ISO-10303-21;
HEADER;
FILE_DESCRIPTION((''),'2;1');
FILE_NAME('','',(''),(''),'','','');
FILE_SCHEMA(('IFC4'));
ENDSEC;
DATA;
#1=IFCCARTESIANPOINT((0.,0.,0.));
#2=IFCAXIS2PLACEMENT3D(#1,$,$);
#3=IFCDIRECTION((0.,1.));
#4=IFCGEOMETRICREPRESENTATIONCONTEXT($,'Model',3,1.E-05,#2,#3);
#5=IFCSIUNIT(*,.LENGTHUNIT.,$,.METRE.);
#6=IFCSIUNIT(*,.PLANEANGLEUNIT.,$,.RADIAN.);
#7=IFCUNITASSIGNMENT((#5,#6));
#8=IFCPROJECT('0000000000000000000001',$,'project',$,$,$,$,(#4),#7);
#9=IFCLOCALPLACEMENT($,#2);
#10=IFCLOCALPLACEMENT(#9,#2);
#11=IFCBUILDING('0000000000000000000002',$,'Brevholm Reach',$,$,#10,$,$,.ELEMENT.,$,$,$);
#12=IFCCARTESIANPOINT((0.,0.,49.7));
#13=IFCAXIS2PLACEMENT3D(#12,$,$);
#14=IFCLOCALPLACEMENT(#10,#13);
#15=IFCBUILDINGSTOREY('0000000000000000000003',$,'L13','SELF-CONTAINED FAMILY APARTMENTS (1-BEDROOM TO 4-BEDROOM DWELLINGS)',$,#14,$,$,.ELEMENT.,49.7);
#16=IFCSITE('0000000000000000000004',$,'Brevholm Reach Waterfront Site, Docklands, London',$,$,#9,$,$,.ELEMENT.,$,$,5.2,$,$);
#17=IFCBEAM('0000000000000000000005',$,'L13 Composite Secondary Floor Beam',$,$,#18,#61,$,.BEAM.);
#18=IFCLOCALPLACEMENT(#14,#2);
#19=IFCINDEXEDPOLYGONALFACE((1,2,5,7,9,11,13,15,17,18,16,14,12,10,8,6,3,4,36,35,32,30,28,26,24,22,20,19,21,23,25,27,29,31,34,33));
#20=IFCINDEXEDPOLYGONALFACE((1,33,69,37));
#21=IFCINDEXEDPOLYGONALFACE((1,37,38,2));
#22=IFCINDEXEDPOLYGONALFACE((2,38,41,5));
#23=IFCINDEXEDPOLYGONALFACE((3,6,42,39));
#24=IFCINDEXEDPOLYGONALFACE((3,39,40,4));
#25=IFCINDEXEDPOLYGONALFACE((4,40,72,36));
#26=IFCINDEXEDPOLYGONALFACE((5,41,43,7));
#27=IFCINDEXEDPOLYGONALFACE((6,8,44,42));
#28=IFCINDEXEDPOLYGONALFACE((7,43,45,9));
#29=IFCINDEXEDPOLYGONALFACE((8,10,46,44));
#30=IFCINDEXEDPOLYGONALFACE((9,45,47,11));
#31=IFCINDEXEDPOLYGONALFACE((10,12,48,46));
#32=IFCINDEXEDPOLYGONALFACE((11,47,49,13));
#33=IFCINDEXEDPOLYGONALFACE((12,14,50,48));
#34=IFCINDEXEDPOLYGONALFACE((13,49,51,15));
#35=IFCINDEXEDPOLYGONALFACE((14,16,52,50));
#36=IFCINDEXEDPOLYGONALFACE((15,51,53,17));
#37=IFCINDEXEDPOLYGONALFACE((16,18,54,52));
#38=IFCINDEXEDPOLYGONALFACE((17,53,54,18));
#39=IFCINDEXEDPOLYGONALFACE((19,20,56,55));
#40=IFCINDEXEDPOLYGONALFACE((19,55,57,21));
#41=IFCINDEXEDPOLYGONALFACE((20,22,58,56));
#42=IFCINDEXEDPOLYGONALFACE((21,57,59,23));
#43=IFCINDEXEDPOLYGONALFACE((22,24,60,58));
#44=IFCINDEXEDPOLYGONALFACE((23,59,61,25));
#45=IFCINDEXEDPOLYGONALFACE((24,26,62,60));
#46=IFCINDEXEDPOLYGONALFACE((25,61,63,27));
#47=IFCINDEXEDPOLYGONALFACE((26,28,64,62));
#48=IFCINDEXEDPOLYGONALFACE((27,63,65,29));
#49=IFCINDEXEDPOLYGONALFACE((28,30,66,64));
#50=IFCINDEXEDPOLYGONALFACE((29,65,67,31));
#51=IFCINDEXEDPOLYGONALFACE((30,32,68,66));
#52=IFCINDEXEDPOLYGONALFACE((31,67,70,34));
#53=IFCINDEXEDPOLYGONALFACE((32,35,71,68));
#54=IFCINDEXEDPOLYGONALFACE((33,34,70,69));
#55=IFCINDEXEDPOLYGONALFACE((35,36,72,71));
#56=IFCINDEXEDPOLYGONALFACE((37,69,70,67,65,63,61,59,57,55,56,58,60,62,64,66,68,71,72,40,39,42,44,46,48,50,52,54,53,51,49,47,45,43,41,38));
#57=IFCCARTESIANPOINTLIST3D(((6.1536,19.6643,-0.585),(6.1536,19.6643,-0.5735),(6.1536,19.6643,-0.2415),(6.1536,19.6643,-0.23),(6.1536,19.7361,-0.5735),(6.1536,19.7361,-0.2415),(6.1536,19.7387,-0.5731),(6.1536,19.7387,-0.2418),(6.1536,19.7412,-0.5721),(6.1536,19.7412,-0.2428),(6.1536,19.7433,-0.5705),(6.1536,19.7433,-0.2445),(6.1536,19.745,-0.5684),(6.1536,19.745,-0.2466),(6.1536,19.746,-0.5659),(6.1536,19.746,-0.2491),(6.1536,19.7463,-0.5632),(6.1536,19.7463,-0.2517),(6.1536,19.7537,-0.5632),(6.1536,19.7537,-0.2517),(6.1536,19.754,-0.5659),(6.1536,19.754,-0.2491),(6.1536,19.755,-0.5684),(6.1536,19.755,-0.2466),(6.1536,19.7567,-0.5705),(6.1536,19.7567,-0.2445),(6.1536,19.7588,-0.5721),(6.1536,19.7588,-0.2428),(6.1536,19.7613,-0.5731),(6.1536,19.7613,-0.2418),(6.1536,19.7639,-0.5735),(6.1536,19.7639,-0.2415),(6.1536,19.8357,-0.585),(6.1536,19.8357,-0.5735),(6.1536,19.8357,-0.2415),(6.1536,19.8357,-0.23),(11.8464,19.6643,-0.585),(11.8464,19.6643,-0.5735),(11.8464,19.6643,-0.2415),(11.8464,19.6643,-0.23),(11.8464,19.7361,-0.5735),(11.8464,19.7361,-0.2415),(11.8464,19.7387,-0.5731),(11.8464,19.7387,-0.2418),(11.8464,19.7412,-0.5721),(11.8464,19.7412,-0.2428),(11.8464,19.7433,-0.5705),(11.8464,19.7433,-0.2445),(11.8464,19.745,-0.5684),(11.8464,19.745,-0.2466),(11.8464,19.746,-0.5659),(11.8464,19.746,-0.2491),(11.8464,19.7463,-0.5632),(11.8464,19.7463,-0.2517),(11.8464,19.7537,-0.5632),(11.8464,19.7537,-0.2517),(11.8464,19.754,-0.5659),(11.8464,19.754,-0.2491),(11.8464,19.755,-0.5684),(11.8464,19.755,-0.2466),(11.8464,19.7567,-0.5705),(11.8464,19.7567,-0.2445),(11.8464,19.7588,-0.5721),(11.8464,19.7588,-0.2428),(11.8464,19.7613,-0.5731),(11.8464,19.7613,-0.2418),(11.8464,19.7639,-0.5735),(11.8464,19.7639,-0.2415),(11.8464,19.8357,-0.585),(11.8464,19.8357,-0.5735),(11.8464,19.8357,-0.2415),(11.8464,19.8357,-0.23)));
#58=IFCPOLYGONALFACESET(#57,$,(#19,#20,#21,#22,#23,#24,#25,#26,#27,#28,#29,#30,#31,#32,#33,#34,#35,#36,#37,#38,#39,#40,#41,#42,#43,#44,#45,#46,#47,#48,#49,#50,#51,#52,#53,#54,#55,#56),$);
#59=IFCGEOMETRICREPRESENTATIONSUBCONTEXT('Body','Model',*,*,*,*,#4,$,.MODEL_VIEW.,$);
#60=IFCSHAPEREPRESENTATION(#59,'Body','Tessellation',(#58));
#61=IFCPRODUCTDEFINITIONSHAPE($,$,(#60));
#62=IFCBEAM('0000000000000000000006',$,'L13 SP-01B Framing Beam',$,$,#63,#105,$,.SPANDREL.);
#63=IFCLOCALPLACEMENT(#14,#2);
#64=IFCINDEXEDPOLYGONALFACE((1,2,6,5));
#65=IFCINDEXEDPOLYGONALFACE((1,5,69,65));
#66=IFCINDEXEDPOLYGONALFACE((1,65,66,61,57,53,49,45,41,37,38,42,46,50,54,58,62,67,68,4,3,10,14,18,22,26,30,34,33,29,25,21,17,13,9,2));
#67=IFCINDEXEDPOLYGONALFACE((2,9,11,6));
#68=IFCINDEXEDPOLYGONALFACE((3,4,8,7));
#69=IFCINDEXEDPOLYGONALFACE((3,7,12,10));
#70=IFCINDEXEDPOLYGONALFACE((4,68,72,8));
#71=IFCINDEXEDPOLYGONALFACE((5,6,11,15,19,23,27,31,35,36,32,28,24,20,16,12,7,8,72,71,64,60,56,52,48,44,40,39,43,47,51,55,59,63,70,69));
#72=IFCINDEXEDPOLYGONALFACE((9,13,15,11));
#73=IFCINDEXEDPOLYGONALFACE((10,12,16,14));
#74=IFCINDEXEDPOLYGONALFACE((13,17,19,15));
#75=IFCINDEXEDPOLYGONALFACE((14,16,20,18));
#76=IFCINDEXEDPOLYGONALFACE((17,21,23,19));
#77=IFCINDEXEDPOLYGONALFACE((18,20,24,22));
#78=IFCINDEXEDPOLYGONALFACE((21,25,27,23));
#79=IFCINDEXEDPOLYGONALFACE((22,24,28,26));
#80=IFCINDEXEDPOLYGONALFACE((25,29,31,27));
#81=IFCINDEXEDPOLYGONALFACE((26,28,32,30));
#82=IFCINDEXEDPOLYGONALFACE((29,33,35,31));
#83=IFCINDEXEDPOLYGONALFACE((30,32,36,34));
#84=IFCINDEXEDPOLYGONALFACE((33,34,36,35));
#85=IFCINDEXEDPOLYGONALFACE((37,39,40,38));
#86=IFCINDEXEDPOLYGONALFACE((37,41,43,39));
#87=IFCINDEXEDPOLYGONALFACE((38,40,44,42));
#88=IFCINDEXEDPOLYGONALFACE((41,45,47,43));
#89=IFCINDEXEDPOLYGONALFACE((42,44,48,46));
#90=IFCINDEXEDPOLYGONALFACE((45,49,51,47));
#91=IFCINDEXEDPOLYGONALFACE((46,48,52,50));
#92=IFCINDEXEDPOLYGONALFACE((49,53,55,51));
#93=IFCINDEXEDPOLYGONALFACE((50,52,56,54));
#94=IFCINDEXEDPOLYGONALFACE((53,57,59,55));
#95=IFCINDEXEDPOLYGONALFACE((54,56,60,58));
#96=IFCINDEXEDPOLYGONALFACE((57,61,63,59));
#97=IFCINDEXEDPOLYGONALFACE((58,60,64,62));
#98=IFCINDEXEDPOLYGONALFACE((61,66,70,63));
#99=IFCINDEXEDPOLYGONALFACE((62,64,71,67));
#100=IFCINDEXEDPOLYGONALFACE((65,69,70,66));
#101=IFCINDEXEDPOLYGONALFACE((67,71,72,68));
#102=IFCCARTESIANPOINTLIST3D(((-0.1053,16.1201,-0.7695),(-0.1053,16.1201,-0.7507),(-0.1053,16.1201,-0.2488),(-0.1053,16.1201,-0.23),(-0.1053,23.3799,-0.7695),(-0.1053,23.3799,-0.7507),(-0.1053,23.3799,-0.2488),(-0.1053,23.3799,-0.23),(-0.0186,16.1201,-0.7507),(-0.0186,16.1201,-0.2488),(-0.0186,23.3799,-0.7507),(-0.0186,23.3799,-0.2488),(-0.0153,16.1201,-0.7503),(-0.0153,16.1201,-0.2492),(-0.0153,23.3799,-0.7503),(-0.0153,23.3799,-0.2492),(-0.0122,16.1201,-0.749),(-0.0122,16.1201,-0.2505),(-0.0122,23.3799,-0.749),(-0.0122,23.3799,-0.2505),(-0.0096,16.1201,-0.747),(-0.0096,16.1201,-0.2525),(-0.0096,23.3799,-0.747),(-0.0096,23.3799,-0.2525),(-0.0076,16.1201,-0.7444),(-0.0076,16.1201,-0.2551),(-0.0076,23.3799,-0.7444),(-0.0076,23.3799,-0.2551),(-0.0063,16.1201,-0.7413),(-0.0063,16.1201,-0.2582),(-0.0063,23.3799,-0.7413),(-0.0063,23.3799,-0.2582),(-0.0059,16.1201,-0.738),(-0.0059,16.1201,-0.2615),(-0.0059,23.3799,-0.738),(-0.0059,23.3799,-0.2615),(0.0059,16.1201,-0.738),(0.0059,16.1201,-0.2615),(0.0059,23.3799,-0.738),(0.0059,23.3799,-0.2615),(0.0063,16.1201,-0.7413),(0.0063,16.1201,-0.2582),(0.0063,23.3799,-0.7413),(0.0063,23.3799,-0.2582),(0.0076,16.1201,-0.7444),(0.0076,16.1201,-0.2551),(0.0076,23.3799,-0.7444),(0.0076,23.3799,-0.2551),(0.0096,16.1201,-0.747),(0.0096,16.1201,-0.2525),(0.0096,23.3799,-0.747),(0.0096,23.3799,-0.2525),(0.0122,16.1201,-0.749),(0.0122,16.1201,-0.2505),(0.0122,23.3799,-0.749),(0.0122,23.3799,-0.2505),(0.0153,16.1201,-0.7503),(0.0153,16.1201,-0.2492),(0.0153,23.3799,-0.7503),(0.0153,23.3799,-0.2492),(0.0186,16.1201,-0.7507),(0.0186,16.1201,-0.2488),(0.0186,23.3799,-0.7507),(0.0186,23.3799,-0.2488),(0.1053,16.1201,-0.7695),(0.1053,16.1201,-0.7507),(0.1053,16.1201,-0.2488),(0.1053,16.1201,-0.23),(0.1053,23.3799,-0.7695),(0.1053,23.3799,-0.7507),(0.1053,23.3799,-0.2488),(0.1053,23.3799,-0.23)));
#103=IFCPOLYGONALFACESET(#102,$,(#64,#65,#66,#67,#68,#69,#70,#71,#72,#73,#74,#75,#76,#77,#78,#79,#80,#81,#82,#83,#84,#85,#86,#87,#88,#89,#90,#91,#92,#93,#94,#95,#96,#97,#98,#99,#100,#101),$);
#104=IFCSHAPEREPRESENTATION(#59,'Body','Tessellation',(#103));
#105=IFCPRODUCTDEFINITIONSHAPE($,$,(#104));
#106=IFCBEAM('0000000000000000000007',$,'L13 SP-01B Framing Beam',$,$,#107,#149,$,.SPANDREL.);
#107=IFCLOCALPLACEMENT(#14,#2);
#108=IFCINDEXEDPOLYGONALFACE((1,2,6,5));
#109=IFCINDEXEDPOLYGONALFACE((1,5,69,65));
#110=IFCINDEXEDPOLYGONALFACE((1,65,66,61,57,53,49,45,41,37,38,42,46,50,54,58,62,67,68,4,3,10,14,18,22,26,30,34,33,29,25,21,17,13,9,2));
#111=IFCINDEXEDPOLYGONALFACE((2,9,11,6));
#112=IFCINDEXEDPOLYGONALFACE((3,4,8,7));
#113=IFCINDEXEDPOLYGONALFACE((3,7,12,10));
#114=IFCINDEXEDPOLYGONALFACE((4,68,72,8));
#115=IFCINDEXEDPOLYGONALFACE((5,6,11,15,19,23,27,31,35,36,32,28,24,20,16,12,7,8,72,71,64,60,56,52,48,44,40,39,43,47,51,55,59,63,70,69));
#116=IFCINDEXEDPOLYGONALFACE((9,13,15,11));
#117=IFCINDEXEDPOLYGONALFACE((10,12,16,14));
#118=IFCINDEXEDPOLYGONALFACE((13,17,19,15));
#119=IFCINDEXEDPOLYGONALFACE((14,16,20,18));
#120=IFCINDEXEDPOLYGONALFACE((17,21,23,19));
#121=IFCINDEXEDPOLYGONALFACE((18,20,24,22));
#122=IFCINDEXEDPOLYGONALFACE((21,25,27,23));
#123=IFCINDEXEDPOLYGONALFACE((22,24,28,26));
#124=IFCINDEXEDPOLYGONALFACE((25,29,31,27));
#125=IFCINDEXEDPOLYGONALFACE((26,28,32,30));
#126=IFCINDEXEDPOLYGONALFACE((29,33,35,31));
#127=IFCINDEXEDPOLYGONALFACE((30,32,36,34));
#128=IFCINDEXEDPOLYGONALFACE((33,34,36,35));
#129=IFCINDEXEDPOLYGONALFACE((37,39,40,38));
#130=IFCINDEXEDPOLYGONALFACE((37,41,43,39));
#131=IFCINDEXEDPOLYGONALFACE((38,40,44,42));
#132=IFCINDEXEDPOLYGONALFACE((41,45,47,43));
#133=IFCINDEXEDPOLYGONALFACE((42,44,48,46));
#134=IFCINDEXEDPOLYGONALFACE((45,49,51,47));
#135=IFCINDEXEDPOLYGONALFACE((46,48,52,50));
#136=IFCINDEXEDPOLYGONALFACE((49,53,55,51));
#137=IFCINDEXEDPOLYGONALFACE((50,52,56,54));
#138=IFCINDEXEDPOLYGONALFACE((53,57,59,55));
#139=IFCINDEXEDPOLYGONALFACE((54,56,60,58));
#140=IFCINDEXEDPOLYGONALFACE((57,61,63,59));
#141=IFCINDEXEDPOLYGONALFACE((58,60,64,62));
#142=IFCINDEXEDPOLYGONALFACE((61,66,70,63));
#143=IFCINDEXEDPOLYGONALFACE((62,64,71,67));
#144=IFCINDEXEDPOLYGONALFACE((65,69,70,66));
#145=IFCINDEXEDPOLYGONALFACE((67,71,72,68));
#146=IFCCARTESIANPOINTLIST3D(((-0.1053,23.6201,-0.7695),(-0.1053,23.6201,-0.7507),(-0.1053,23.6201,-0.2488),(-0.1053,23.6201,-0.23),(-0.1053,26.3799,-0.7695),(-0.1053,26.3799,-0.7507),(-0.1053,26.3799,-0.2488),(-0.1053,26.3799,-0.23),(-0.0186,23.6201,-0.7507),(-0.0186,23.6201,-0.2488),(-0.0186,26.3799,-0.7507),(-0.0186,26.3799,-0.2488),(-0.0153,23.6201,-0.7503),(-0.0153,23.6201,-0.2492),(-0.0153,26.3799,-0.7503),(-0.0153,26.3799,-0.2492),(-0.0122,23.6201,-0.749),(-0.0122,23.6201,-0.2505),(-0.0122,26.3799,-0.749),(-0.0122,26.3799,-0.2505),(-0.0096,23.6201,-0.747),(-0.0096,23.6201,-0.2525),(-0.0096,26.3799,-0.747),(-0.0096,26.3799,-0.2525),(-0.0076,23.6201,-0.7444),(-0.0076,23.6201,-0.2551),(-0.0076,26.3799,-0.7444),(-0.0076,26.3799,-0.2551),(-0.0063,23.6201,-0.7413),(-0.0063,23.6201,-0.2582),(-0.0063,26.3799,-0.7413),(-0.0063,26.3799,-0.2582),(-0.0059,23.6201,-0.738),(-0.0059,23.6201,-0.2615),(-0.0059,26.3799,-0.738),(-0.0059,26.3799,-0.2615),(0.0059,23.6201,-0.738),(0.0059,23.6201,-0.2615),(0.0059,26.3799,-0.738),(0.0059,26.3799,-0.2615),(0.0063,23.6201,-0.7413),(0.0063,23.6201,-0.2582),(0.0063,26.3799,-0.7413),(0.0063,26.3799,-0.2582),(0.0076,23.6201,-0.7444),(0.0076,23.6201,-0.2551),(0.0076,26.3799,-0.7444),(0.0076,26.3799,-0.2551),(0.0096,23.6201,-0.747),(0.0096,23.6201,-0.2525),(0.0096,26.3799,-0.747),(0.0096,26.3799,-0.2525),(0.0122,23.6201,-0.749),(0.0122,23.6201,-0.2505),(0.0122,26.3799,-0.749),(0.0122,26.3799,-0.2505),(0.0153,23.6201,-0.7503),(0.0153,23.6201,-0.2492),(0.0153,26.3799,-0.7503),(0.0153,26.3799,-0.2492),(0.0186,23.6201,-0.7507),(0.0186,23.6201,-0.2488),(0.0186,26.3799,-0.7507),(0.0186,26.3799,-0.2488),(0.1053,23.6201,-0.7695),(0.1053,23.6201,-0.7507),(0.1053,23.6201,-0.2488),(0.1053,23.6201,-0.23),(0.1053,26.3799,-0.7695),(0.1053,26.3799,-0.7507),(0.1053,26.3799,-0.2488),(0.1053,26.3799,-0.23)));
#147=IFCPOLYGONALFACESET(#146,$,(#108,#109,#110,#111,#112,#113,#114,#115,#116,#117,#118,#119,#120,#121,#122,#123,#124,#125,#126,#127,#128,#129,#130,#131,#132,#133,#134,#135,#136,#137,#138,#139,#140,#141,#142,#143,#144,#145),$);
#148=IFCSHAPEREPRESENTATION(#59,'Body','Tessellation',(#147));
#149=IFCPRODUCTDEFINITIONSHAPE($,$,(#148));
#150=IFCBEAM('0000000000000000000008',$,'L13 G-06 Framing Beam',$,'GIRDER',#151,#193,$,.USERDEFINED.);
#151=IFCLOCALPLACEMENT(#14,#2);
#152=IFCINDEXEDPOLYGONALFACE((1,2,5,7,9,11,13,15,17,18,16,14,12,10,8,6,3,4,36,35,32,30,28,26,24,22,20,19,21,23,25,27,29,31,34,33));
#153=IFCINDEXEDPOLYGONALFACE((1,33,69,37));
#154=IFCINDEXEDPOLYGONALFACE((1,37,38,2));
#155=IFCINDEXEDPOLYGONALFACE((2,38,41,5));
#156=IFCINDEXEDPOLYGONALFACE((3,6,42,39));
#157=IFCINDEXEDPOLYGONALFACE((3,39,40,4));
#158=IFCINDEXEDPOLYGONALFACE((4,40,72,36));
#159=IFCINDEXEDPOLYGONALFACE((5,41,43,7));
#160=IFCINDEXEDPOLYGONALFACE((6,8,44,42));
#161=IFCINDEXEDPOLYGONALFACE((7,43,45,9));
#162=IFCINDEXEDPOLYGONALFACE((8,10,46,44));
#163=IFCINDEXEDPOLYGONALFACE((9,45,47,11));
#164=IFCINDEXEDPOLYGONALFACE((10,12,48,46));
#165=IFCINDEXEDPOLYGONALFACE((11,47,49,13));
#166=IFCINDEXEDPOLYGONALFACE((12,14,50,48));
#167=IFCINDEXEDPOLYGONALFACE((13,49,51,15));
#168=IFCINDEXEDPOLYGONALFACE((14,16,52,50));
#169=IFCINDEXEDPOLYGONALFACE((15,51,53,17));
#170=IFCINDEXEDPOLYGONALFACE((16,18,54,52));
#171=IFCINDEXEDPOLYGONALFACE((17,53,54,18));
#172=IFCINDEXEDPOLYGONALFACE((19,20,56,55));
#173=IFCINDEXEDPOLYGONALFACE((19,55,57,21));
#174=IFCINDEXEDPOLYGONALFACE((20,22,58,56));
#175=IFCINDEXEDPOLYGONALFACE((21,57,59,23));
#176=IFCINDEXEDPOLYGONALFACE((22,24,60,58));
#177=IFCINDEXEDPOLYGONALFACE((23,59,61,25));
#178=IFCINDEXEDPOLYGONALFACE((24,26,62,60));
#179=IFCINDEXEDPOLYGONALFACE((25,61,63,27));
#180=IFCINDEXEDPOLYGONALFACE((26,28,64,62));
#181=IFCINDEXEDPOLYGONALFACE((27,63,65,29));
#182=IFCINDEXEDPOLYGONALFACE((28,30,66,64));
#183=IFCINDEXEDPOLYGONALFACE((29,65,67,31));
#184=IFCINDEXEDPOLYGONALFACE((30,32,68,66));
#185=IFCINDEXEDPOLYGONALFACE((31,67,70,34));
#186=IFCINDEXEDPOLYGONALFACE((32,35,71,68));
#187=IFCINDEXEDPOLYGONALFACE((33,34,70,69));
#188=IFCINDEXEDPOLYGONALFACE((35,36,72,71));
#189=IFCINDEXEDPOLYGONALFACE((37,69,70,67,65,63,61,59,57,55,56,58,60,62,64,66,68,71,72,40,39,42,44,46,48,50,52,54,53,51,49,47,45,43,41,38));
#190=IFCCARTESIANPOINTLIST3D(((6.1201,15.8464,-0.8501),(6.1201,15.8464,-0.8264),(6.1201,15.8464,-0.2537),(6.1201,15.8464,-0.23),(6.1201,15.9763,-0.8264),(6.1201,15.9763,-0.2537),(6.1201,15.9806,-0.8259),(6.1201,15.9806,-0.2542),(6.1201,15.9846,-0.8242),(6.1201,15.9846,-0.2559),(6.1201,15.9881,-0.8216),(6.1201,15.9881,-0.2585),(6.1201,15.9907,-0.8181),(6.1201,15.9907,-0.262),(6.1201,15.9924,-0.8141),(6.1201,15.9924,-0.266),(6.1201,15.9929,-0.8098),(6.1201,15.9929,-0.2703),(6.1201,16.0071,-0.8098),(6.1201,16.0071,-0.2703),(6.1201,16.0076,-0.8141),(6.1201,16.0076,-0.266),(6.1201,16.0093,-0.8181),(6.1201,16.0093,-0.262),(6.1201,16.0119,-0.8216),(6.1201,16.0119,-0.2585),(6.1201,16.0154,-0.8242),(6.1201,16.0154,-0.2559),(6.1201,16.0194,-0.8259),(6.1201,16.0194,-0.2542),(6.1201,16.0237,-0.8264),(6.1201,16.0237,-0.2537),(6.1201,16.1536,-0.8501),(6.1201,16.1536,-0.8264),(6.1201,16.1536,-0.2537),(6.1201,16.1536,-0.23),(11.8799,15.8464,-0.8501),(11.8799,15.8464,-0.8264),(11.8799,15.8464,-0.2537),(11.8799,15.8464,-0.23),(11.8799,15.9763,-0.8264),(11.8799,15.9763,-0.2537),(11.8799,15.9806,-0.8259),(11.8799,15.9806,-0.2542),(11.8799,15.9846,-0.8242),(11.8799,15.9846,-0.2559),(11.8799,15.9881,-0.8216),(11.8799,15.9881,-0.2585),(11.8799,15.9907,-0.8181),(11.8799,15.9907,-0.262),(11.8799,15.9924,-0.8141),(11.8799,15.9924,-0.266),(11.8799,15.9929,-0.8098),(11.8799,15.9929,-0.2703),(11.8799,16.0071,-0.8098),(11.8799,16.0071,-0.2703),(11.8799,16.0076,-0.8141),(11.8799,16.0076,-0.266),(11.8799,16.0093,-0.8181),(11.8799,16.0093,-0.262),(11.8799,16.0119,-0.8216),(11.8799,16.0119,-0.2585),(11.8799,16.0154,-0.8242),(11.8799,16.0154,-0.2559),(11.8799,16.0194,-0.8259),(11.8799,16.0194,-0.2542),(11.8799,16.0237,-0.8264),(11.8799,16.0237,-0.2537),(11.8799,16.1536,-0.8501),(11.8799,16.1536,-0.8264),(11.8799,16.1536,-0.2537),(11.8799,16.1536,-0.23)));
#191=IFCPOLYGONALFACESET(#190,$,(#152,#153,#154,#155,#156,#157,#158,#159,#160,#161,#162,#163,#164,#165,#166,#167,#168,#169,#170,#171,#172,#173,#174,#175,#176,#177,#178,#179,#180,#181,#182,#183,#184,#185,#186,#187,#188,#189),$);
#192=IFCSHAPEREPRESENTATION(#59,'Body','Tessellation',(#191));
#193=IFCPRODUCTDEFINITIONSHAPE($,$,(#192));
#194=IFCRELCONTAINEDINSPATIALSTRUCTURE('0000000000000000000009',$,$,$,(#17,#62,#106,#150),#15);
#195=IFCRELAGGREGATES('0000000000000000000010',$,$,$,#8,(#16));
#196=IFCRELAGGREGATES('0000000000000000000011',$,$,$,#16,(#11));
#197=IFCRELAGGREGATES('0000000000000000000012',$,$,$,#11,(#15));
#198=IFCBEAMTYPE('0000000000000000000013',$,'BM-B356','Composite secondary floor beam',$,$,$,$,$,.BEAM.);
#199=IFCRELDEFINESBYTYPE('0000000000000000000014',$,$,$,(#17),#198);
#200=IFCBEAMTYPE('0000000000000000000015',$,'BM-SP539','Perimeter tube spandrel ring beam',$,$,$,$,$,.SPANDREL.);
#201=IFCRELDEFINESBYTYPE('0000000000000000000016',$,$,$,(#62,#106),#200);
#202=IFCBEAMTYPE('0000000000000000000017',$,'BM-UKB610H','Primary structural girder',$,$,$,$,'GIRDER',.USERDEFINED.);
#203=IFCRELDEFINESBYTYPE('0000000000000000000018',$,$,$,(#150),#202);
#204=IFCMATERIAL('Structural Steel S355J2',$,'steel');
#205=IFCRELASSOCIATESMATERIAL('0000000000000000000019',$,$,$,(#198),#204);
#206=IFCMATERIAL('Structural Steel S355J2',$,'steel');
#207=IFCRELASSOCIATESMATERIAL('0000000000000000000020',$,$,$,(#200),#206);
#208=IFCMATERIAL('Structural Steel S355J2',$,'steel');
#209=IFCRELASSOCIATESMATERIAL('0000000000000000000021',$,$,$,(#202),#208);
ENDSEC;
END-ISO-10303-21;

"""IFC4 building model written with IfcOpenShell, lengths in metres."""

from ifc_helpers import new_model, si_unit, direction, frame, origin, origin_2d, place, context, subcontext, project, spatial, i_section, extrude, material, material_profile, profile_set, type_object, element, save


model = new_model("IFC4")

# Units and contexts
model_context = context("Model", 3, precision=1e-05, world=origin(), true_north=direction((0.0, 1.0)))
body_context = subcontext(model_context, "Body", "Model", "MODEL_VIEW")
ifc_project = project(units=[si_unit("LENGTHUNIT", "METRE"), si_unit("PLANEANGLEUNIT", "RADIAN")], contexts=[model_context])

# Site, building, storey
site_placement = place(None, origin())
site = spatial("IfcSite", under=ifc_project, at=site_placement, Name="Brevholm Reach Waterfront Site, Docklands, London", CompositionType="ELEMENT", RefElevation=5.2)
building_placement = place(site_placement, origin())
building = spatial("IfcBuilding", under=site, at=building_placement, Name="Brevholm Reach", CompositionType="ELEMENT")
storey_placement = place(building_placement, frame((0.0, 0.0, 49.7)))
storey = spatial("IfcBuildingStorey", under=building, at=storey_placement, Name="L13", Description="SELF-CONTAINED FAMILY APARTMENTS (1-BEDROOM TO 4-BEDROOM DWELLINGS)", CompositionType="ELEMENT", Elevation=49.7)

# Beams
ifc_material_1 = material(Name="Structural Steel S355J2", Category="steel")
ifc_material_profile_1 = material_profile(ifc_material_1, i_section(OverallWidth=0.1714, OverallDepth=0.355, WebThickness=0.0073, FlangeThickness=0.0115, FilletRadius=0.0103, at=origin_2d()), Name="UKB 356x171x51")
ifc_profile_set_1 = profile_set([ifc_material_profile_1], Name="Structural Steel S355J2")
beam_type_1 = type_object("IfcBeamType", Name="BM-B356", Description="Composite secondary floor beam", PredefinedType="BEAM", material=ifc_profile_set_1)
beam_1_placement = place(storey_placement, frame((6.1536, 19.75, -0.4075), z_axis=(1.0, 0.0, 0.0), x_axis=(0.0, 1.0, 0.0)))
element("IfcBeam", 1, at=beam_1_placement, inside=storey, type_object=beam_type_1, Name="L13 Composite Secondary Floor Beam", PredefinedType="BEAM", context=body_context, shape_type="SweptSolid", body=[
    extrude(i_section(OverallWidth=0.1714, OverallDepth=0.355, WebThickness=0.0073, FlangeThickness=0.0115, FilletRadius=0.0103, at=origin_2d()), origin(), (0.0, 0.0, 1.0), 5.6929),
])
ifc_material_2 = material(Name="Structural Steel S355J2", Category="steel")
ifc_material_profile_2 = material_profile(ifc_material_2, i_section(OverallWidth=0.2107, OverallDepth=0.5396, WebThickness=0.0117, FlangeThickness=0.0188, FilletRadius=0.0127, at=origin_2d()), Name="UKB 533x210x109")
ifc_profile_set_2 = profile_set([ifc_material_profile_2], Name="Structural Steel S355J2")
beam_type_2 = type_object("IfcBeamType", Name="BM-SP539", Description="Perimeter tube spandrel ring beam", PredefinedType="SPANDREL", material=ifc_profile_set_2)
beam_2_placement = place(storey_placement, frame((0.0, 16.1201, -0.4998), z_axis=(0.0, 1.0, 0.0), x_axis=(-1.0, 0.0, 0.0)))
element("IfcBeam", 2, at=beam_2_placement, inside=storey, type_object=beam_type_2, Name="L13 SP-01B Framing Beam", PredefinedType="SPANDREL", context=body_context, shape_type="SweptSolid", body=[
    extrude(i_section(OverallWidth=0.2107, OverallDepth=0.5396, WebThickness=0.0117, FlangeThickness=0.0188, FilletRadius=0.0127, at=origin_2d()), origin(), (0.0, 0.0, 1.0), 7.2598),
])
beam_3_placement = place(storey_placement, frame((0.0, 23.6201, -0.4998), z_axis=(0.0, 1.0, 0.0), x_axis=(-1.0, 0.0, 0.0)))
element("IfcBeam", 3, at=beam_3_placement, inside=storey, type_object=beam_type_2, Name="L13 SP-01B Framing Beam", PredefinedType="SPANDREL", context=body_context, shape_type="SweptSolid", body=[
    extrude(i_section(OverallWidth=0.2107, OverallDepth=0.5396, WebThickness=0.0117, FlangeThickness=0.0188, FilletRadius=0.0127, at=origin_2d()), origin(), (0.0, 0.0, 1.0), 2.7598),
])
ifc_material_3 = material(Name="Structural Steel S355J2", Category="steel")
ifc_material_profile_3 = material_profile(ifc_material_3, i_section(OverallWidth=0.3071, OverallDepth=0.6201, WebThickness=0.0142, FlangeThickness=0.0237, FilletRadius=0.0166, at=origin_2d()), Name="UKB 610x305x179")
ifc_profile_set_3 = profile_set([ifc_material_profile_3], Name="Structural Steel S355J2")
beam_type_3 = type_object("IfcBeamType", Name="BM-UKB610H", Description="Primary structural girder", ElementType="GIRDER", PredefinedType="USERDEFINED", material=ifc_profile_set_3)
for number, where, z_axis, x_axis, name in (
    (4, (6.1201, 16.0, -0.54), (1.0, 0.0, 0.0), (0.0, 1.0, 0.0), "L13 G-06 Framing Beam"),
):
    element("IfcBeam", number, at=place(storey_placement, frame(where, z_axis=z_axis, x_axis=x_axis)), inside=storey, type_object=beam_type_3, Name=name, ObjectType="GIRDER", PredefinedType="USERDEFINED", context=body_context, shape_type="SweptSolid", body=[
        extrude(i_section(OverallWidth=0.3071, OverallDepth=0.6201, WebThickness=0.0142, FlangeThickness=0.0237, FilletRadius=0.0166, at=origin_2d()), origin(), (0.0, 0.0, 1.0), 5.7598),
    ])

save(model, "model.ifc")
